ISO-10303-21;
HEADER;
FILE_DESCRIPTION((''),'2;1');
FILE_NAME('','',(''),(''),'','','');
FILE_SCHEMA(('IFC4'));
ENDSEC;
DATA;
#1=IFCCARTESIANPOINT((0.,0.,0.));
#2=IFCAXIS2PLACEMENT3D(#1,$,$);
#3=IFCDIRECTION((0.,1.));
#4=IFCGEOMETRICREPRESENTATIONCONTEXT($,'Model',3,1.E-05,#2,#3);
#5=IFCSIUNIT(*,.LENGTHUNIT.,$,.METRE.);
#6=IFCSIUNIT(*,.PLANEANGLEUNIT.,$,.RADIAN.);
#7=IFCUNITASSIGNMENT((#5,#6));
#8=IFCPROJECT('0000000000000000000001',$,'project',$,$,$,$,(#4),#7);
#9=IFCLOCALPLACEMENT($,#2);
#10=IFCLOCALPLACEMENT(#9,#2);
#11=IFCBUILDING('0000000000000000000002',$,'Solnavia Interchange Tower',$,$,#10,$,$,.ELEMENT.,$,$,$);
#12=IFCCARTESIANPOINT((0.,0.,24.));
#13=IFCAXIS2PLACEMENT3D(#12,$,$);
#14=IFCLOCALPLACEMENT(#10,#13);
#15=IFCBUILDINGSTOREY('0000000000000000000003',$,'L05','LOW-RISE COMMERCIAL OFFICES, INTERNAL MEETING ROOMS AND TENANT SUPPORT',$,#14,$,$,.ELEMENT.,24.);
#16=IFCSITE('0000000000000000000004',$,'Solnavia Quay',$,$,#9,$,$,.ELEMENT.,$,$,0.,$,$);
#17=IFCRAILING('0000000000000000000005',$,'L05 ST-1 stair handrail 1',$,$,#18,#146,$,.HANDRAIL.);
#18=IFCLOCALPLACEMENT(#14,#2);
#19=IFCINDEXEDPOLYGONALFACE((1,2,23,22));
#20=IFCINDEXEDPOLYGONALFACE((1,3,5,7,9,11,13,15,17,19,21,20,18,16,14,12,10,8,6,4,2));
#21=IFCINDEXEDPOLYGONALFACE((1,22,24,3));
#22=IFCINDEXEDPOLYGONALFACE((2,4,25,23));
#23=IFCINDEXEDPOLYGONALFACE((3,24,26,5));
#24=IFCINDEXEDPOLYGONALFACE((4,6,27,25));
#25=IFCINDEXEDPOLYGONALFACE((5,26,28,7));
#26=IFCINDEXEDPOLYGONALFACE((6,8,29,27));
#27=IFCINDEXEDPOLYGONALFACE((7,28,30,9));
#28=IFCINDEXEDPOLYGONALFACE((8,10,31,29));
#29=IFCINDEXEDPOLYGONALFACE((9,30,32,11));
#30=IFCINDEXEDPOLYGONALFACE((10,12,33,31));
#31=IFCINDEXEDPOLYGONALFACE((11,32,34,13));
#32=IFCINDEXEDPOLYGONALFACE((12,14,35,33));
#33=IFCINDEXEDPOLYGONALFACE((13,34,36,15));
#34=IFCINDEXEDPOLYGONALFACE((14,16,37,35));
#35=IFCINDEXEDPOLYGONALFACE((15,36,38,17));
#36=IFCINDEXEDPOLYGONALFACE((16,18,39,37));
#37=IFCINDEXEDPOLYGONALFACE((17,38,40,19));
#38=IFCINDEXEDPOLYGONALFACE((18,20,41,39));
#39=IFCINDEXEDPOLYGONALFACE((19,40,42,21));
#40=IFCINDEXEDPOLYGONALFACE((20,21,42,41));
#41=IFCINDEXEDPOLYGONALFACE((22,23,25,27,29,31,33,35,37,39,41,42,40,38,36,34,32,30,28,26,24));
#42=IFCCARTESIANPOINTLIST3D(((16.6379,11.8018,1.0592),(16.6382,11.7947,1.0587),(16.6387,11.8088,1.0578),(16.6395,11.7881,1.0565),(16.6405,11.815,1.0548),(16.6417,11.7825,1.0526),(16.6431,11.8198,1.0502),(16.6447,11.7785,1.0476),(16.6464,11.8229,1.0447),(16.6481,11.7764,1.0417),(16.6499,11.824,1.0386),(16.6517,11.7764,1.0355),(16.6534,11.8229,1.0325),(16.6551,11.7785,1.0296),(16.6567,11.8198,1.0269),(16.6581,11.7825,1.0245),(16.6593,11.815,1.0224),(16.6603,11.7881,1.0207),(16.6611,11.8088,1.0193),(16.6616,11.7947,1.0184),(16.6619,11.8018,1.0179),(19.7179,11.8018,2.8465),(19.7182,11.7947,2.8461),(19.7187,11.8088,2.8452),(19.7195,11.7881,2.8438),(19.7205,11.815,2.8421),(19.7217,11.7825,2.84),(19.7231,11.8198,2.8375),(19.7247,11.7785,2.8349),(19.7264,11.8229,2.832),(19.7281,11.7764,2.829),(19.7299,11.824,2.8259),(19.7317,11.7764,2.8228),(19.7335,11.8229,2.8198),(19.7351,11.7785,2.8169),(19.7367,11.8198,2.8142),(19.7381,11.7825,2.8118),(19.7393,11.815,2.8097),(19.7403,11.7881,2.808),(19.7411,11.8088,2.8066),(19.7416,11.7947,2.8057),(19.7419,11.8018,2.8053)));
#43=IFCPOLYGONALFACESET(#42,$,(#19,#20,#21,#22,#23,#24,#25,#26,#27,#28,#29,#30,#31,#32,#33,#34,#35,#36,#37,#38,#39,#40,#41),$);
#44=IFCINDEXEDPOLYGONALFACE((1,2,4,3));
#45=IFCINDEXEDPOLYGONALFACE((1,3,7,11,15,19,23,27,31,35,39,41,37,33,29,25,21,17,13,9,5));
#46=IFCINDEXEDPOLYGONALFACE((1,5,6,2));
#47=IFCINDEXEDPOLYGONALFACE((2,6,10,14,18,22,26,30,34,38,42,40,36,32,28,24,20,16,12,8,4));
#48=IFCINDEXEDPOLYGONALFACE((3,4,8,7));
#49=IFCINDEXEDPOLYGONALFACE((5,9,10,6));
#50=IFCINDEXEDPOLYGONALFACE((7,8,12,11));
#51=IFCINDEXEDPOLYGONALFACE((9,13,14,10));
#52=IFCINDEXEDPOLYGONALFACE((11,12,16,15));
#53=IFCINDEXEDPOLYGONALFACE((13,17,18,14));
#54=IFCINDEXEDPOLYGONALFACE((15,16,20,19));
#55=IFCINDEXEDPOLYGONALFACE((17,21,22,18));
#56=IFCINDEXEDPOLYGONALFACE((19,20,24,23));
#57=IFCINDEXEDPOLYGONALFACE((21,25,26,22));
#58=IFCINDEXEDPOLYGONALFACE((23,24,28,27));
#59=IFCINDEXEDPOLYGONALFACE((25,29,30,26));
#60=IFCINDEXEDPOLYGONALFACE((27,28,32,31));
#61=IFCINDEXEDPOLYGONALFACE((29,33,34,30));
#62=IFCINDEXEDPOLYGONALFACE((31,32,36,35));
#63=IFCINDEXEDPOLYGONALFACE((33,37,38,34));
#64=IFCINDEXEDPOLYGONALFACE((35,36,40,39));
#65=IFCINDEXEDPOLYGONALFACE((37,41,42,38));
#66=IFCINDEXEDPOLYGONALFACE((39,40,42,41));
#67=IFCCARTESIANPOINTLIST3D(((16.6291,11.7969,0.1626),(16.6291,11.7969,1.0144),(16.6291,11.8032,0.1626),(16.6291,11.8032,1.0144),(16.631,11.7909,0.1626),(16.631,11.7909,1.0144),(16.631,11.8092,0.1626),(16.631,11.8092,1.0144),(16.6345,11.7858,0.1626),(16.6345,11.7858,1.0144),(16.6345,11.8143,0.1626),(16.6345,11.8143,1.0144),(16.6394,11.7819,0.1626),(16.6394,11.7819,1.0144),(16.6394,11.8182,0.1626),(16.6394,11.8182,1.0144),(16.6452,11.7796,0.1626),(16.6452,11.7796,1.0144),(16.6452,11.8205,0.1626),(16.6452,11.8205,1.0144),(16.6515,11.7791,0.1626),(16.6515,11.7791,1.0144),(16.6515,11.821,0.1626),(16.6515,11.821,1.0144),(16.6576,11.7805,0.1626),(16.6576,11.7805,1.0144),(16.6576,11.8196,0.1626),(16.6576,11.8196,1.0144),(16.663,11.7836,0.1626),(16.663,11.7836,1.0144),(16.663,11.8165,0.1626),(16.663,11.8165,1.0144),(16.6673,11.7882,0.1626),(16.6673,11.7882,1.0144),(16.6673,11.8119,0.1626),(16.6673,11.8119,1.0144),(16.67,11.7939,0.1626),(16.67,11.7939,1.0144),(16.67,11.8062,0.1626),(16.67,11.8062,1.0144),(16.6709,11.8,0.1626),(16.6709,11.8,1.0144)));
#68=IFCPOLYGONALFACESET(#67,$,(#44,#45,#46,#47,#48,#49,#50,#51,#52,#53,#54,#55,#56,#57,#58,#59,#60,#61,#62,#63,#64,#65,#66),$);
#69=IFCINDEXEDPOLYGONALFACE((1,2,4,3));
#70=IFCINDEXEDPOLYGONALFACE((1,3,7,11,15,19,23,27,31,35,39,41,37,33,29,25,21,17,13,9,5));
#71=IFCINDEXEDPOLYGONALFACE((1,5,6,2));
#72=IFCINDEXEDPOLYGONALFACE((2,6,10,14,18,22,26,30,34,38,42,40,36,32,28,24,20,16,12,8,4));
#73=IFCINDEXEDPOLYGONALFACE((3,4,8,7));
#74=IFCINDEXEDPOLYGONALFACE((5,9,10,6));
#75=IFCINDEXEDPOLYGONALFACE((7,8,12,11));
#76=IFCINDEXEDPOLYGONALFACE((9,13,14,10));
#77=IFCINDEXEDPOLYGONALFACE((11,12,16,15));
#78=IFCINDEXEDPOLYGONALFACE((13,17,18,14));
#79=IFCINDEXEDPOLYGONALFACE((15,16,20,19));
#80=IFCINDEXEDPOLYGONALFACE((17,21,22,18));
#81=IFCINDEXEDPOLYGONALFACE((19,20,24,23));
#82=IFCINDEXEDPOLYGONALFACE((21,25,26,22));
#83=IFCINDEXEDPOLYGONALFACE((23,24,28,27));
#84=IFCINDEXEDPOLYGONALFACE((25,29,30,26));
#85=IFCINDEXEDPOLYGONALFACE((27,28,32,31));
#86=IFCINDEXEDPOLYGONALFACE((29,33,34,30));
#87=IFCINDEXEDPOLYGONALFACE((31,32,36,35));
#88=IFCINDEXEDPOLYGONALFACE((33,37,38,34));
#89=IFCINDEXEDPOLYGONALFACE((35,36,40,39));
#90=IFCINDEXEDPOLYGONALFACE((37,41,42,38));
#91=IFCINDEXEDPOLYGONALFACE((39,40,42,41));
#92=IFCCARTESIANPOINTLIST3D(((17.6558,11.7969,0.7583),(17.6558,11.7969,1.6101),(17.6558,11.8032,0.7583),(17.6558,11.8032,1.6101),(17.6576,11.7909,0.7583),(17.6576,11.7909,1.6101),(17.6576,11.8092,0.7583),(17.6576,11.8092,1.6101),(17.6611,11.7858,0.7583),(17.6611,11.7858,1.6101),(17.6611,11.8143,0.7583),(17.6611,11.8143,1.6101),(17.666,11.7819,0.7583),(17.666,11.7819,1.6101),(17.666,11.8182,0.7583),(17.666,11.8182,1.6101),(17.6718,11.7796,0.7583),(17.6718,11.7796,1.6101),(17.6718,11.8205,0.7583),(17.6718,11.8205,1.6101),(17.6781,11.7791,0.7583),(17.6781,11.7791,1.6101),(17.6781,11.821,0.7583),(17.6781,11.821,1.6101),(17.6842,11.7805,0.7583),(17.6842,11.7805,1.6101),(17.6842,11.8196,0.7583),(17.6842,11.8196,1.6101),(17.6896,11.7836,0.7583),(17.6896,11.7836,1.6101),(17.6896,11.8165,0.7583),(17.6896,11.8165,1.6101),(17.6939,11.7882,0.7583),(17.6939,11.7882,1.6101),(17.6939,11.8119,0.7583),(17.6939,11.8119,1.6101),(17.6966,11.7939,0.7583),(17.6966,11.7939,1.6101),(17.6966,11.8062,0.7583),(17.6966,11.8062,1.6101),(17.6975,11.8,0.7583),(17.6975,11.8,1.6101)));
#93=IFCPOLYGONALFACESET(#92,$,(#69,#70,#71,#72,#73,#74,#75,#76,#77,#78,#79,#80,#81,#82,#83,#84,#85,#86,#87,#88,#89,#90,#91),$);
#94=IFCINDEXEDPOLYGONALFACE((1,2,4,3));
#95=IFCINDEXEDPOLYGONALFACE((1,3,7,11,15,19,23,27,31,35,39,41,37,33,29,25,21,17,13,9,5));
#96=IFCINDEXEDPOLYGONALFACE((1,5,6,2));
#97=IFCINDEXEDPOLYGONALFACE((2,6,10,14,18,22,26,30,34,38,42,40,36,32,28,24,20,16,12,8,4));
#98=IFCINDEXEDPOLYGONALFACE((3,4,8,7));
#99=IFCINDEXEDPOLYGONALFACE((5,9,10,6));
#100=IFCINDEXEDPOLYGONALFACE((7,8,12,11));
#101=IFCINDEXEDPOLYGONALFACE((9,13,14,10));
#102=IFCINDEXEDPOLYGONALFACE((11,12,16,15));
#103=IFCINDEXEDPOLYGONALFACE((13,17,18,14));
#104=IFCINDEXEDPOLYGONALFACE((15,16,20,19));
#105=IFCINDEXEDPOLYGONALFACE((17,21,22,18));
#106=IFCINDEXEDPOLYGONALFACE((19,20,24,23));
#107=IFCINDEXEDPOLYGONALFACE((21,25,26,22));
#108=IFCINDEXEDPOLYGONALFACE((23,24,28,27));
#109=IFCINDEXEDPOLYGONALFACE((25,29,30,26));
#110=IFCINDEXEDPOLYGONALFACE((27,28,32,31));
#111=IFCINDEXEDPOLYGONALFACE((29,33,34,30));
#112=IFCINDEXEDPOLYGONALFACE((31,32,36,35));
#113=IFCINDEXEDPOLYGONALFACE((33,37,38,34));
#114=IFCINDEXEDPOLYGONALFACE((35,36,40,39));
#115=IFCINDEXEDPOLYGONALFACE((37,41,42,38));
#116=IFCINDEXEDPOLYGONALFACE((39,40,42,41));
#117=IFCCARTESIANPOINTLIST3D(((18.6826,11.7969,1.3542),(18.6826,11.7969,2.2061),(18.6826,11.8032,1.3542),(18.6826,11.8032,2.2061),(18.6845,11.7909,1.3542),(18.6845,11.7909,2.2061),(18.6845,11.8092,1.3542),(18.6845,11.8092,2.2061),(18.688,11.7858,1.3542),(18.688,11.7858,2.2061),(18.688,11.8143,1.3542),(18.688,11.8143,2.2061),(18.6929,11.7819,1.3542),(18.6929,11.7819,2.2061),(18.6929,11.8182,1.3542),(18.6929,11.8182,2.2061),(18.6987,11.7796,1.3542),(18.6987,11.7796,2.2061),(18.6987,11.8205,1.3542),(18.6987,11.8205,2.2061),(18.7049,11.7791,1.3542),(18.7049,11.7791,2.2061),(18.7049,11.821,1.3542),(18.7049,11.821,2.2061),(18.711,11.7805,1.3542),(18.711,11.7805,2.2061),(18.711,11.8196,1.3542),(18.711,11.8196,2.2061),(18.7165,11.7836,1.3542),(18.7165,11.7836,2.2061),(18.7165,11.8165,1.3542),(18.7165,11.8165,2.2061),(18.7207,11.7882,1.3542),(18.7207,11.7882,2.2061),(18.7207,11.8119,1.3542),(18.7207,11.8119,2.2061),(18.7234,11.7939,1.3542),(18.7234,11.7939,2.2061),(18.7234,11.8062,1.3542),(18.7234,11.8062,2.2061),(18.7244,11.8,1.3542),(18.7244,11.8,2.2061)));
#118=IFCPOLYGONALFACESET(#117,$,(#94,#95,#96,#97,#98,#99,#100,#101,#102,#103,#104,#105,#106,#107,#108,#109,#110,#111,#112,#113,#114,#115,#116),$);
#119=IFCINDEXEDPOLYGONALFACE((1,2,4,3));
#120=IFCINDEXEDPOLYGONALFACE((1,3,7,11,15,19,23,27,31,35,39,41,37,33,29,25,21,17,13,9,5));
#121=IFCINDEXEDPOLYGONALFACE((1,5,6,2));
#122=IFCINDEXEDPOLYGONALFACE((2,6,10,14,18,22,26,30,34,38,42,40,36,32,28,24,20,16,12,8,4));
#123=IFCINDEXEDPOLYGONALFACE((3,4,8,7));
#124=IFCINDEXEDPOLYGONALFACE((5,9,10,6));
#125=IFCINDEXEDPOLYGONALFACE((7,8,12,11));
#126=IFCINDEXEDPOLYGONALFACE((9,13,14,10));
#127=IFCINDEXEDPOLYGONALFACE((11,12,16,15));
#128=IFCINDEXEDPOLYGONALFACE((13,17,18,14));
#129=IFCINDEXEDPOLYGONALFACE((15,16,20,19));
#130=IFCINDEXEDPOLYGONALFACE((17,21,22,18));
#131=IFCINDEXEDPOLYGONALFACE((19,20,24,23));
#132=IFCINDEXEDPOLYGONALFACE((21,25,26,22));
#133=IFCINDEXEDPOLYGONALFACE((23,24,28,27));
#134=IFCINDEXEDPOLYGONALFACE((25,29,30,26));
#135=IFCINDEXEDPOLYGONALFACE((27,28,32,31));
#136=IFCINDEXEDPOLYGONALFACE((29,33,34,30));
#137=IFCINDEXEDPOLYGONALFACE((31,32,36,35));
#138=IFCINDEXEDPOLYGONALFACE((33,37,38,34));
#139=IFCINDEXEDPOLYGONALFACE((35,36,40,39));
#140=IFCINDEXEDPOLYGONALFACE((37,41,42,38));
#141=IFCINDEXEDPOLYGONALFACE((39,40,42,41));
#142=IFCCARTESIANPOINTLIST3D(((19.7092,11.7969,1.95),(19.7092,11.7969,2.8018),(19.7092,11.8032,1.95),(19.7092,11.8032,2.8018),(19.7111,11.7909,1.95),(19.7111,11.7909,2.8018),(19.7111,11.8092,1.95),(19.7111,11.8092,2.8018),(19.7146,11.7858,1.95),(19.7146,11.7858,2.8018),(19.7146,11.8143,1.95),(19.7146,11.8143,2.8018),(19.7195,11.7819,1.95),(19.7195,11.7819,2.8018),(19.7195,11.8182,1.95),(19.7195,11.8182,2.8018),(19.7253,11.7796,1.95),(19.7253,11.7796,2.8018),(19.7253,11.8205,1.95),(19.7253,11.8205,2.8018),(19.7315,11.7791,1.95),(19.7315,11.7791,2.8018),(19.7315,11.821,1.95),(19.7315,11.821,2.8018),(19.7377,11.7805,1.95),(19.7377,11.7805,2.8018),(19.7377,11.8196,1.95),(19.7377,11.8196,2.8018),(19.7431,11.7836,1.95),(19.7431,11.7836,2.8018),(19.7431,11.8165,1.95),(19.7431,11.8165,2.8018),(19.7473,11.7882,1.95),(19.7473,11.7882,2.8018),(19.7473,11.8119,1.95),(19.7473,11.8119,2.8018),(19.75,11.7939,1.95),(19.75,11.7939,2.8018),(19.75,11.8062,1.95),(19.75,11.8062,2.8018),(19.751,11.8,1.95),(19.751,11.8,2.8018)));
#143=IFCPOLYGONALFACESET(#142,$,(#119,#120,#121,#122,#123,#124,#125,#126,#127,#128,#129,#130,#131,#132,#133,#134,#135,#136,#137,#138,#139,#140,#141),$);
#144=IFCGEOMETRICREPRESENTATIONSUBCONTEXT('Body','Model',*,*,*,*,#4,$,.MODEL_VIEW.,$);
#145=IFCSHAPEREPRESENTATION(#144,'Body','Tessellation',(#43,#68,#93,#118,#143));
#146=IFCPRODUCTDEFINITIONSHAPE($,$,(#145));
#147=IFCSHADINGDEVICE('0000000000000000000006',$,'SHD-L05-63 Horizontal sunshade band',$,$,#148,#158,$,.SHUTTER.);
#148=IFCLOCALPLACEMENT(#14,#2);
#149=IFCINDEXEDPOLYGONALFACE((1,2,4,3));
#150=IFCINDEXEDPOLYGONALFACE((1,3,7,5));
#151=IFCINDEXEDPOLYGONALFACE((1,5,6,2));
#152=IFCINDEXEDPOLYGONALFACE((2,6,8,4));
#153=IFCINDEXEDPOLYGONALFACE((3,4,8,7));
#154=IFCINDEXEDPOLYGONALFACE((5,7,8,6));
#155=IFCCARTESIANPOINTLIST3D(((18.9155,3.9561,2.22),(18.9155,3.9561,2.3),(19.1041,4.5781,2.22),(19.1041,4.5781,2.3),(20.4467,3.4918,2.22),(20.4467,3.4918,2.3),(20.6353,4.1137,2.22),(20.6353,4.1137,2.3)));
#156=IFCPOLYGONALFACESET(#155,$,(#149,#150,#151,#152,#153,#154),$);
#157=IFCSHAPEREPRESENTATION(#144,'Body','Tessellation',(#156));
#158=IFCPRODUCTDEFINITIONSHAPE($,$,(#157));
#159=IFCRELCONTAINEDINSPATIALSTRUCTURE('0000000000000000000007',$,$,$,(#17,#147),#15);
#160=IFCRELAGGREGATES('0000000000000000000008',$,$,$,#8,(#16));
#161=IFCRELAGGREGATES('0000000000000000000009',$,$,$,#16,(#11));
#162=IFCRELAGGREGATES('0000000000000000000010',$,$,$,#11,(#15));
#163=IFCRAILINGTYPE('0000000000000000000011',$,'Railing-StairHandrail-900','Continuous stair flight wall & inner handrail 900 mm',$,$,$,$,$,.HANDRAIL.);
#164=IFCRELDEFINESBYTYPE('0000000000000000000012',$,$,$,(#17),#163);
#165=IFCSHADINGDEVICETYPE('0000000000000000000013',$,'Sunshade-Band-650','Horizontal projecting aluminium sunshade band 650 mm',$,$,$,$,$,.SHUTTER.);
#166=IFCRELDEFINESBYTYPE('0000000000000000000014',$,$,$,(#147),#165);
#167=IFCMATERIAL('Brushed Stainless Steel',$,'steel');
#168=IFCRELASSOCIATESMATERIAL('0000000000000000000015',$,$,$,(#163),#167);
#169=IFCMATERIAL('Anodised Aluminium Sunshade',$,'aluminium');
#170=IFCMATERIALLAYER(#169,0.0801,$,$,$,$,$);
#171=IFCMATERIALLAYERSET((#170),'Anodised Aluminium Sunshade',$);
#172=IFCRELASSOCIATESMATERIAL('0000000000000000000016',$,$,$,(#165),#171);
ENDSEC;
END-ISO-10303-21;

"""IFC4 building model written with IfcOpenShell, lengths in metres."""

from ifc_helpers import new_model, si_unit, direction, frame, origin, origin_2d, place, context, subcontext, project, spatial, rectangle, circle, extrude, material, layer, layer_set, type_object, element, save


model = new_model("IFC4")

# Units and contexts
model_context = context("Model", 3, precision=1e-05, world=origin(), true_north=direction((0.0, 1.0)))
body_context = subcontext(model_context, "Body", "Model", "MODEL_VIEW")
ifc_project = project(units=[si_unit("LENGTHUNIT", "METRE"), si_unit("PLANEANGLEUNIT", "RADIAN")], contexts=[model_context])

# Site, building, storey
site_placement = place(None, origin())
site = spatial("IfcSite", under=ifc_project, at=site_placement, Name="Solnavia Quay", CompositionType="ELEMENT", RefElevation=0.0)
building_placement = place(site_placement, origin())
building = spatial("IfcBuilding", under=site, at=building_placement, Name="Solnavia Interchange Tower", CompositionType="ELEMENT")
storey_placement = place(building_placement, frame((0.0, 0.0, 24.0)))
storey = spatial("IfcBuildingStorey", under=building, at=storey_placement, Name="L05", Description="LOW-RISE COMMERCIAL OFFICES, INTERNAL MEETING ROOMS AND TENANT SUPPORT", CompositionType="ELEMENT", Elevation=24.0)

# Railing
ifc_material_1 = material(Name="Brushed Stainless Steel", Category="steel")
railing_type = type_object("IfcRailingType", Name="Railing-StairHandrail-900", Description="Continuous stair flight wall & inner handrail 900 mm", PredefinedType="HANDRAIL", material=ifc_material_1)
railing_placement = place(storey_placement, frame((16.6499, 11.8, 0.1626)))
element("IfcRailing", 1, at=railing_placement, inside=storey, type_object=railing_type, Name="L05 ST-1 stair handrail 1", PredefinedType="HANDRAIL", context=body_context, shape_type="SweptSolid", body=[
    extrude(circle(Radius=0.0239, at=origin_2d()), frame((0.0, 0.0, 0.876), z_axis=(0.86492, 0.0, 0.501909), x_axis=(0.0, 1.0, 0.0)), (0.0, 0.0, 1.0), 3.561),
    extrude(circle(Radius=0.021, at=origin_2d()), origin(), (0.0, 0.0, 1.0), 0.8518),
    extrude(circle(Radius=0.021, at=origin_2d()), frame((1.0266, 0.0, 0.5957)), (0.0, 0.0, 1.0), 0.8518),
    extrude(circle(Radius=0.021, at=origin_2d()), frame((2.0535, 0.0, 1.1917)), (0.0, 0.0, 1.0), 0.8518),
    extrude(circle(Radius=0.021, at=origin_2d()), frame((3.0801, 0.0, 1.7874)), (0.0, 0.0, 1.0), 0.8518),
])

# Shading device
ifc_material_2 = material(Name="Anodised Aluminium Sunshade", Category="aluminium")
ifc_layer_1 = layer(ifc_material_2, 0.0801)
ifc_layer_set_1 = layer_set([ifc_layer_1], Name="Anodised Aluminium Sunshade")
shading_device_type = type_object("IfcShadingDeviceType", Name="Sunshade-Band-650", Description="Horizontal projecting aluminium sunshade band 650 mm", PredefinedType="SHUTTER", material=ifc_layer_set_1)
shading_device_placement = place(storey_placement, frame((19.7754, 4.0349, 2.22), z_axis=(0.0, 0.0, 1.0), x_axis=(-0.956966, 0.290201, 0.0)))
element("IfcShadingDevice", 2, at=shading_device_placement, inside=storey, type_object=shading_device_type, Name="SHD-L05-63 Horizontal sunshade band", PredefinedType="SHUTTER", context=body_context, shape_type="SweptSolid", body=[
    extrude(rectangle(XDim=1.6001, YDim=0.6499, at=origin_2d()), origin(), (0.0, 0.0, 1.0), 0.0801),
])

save(model, "model.ifc")
